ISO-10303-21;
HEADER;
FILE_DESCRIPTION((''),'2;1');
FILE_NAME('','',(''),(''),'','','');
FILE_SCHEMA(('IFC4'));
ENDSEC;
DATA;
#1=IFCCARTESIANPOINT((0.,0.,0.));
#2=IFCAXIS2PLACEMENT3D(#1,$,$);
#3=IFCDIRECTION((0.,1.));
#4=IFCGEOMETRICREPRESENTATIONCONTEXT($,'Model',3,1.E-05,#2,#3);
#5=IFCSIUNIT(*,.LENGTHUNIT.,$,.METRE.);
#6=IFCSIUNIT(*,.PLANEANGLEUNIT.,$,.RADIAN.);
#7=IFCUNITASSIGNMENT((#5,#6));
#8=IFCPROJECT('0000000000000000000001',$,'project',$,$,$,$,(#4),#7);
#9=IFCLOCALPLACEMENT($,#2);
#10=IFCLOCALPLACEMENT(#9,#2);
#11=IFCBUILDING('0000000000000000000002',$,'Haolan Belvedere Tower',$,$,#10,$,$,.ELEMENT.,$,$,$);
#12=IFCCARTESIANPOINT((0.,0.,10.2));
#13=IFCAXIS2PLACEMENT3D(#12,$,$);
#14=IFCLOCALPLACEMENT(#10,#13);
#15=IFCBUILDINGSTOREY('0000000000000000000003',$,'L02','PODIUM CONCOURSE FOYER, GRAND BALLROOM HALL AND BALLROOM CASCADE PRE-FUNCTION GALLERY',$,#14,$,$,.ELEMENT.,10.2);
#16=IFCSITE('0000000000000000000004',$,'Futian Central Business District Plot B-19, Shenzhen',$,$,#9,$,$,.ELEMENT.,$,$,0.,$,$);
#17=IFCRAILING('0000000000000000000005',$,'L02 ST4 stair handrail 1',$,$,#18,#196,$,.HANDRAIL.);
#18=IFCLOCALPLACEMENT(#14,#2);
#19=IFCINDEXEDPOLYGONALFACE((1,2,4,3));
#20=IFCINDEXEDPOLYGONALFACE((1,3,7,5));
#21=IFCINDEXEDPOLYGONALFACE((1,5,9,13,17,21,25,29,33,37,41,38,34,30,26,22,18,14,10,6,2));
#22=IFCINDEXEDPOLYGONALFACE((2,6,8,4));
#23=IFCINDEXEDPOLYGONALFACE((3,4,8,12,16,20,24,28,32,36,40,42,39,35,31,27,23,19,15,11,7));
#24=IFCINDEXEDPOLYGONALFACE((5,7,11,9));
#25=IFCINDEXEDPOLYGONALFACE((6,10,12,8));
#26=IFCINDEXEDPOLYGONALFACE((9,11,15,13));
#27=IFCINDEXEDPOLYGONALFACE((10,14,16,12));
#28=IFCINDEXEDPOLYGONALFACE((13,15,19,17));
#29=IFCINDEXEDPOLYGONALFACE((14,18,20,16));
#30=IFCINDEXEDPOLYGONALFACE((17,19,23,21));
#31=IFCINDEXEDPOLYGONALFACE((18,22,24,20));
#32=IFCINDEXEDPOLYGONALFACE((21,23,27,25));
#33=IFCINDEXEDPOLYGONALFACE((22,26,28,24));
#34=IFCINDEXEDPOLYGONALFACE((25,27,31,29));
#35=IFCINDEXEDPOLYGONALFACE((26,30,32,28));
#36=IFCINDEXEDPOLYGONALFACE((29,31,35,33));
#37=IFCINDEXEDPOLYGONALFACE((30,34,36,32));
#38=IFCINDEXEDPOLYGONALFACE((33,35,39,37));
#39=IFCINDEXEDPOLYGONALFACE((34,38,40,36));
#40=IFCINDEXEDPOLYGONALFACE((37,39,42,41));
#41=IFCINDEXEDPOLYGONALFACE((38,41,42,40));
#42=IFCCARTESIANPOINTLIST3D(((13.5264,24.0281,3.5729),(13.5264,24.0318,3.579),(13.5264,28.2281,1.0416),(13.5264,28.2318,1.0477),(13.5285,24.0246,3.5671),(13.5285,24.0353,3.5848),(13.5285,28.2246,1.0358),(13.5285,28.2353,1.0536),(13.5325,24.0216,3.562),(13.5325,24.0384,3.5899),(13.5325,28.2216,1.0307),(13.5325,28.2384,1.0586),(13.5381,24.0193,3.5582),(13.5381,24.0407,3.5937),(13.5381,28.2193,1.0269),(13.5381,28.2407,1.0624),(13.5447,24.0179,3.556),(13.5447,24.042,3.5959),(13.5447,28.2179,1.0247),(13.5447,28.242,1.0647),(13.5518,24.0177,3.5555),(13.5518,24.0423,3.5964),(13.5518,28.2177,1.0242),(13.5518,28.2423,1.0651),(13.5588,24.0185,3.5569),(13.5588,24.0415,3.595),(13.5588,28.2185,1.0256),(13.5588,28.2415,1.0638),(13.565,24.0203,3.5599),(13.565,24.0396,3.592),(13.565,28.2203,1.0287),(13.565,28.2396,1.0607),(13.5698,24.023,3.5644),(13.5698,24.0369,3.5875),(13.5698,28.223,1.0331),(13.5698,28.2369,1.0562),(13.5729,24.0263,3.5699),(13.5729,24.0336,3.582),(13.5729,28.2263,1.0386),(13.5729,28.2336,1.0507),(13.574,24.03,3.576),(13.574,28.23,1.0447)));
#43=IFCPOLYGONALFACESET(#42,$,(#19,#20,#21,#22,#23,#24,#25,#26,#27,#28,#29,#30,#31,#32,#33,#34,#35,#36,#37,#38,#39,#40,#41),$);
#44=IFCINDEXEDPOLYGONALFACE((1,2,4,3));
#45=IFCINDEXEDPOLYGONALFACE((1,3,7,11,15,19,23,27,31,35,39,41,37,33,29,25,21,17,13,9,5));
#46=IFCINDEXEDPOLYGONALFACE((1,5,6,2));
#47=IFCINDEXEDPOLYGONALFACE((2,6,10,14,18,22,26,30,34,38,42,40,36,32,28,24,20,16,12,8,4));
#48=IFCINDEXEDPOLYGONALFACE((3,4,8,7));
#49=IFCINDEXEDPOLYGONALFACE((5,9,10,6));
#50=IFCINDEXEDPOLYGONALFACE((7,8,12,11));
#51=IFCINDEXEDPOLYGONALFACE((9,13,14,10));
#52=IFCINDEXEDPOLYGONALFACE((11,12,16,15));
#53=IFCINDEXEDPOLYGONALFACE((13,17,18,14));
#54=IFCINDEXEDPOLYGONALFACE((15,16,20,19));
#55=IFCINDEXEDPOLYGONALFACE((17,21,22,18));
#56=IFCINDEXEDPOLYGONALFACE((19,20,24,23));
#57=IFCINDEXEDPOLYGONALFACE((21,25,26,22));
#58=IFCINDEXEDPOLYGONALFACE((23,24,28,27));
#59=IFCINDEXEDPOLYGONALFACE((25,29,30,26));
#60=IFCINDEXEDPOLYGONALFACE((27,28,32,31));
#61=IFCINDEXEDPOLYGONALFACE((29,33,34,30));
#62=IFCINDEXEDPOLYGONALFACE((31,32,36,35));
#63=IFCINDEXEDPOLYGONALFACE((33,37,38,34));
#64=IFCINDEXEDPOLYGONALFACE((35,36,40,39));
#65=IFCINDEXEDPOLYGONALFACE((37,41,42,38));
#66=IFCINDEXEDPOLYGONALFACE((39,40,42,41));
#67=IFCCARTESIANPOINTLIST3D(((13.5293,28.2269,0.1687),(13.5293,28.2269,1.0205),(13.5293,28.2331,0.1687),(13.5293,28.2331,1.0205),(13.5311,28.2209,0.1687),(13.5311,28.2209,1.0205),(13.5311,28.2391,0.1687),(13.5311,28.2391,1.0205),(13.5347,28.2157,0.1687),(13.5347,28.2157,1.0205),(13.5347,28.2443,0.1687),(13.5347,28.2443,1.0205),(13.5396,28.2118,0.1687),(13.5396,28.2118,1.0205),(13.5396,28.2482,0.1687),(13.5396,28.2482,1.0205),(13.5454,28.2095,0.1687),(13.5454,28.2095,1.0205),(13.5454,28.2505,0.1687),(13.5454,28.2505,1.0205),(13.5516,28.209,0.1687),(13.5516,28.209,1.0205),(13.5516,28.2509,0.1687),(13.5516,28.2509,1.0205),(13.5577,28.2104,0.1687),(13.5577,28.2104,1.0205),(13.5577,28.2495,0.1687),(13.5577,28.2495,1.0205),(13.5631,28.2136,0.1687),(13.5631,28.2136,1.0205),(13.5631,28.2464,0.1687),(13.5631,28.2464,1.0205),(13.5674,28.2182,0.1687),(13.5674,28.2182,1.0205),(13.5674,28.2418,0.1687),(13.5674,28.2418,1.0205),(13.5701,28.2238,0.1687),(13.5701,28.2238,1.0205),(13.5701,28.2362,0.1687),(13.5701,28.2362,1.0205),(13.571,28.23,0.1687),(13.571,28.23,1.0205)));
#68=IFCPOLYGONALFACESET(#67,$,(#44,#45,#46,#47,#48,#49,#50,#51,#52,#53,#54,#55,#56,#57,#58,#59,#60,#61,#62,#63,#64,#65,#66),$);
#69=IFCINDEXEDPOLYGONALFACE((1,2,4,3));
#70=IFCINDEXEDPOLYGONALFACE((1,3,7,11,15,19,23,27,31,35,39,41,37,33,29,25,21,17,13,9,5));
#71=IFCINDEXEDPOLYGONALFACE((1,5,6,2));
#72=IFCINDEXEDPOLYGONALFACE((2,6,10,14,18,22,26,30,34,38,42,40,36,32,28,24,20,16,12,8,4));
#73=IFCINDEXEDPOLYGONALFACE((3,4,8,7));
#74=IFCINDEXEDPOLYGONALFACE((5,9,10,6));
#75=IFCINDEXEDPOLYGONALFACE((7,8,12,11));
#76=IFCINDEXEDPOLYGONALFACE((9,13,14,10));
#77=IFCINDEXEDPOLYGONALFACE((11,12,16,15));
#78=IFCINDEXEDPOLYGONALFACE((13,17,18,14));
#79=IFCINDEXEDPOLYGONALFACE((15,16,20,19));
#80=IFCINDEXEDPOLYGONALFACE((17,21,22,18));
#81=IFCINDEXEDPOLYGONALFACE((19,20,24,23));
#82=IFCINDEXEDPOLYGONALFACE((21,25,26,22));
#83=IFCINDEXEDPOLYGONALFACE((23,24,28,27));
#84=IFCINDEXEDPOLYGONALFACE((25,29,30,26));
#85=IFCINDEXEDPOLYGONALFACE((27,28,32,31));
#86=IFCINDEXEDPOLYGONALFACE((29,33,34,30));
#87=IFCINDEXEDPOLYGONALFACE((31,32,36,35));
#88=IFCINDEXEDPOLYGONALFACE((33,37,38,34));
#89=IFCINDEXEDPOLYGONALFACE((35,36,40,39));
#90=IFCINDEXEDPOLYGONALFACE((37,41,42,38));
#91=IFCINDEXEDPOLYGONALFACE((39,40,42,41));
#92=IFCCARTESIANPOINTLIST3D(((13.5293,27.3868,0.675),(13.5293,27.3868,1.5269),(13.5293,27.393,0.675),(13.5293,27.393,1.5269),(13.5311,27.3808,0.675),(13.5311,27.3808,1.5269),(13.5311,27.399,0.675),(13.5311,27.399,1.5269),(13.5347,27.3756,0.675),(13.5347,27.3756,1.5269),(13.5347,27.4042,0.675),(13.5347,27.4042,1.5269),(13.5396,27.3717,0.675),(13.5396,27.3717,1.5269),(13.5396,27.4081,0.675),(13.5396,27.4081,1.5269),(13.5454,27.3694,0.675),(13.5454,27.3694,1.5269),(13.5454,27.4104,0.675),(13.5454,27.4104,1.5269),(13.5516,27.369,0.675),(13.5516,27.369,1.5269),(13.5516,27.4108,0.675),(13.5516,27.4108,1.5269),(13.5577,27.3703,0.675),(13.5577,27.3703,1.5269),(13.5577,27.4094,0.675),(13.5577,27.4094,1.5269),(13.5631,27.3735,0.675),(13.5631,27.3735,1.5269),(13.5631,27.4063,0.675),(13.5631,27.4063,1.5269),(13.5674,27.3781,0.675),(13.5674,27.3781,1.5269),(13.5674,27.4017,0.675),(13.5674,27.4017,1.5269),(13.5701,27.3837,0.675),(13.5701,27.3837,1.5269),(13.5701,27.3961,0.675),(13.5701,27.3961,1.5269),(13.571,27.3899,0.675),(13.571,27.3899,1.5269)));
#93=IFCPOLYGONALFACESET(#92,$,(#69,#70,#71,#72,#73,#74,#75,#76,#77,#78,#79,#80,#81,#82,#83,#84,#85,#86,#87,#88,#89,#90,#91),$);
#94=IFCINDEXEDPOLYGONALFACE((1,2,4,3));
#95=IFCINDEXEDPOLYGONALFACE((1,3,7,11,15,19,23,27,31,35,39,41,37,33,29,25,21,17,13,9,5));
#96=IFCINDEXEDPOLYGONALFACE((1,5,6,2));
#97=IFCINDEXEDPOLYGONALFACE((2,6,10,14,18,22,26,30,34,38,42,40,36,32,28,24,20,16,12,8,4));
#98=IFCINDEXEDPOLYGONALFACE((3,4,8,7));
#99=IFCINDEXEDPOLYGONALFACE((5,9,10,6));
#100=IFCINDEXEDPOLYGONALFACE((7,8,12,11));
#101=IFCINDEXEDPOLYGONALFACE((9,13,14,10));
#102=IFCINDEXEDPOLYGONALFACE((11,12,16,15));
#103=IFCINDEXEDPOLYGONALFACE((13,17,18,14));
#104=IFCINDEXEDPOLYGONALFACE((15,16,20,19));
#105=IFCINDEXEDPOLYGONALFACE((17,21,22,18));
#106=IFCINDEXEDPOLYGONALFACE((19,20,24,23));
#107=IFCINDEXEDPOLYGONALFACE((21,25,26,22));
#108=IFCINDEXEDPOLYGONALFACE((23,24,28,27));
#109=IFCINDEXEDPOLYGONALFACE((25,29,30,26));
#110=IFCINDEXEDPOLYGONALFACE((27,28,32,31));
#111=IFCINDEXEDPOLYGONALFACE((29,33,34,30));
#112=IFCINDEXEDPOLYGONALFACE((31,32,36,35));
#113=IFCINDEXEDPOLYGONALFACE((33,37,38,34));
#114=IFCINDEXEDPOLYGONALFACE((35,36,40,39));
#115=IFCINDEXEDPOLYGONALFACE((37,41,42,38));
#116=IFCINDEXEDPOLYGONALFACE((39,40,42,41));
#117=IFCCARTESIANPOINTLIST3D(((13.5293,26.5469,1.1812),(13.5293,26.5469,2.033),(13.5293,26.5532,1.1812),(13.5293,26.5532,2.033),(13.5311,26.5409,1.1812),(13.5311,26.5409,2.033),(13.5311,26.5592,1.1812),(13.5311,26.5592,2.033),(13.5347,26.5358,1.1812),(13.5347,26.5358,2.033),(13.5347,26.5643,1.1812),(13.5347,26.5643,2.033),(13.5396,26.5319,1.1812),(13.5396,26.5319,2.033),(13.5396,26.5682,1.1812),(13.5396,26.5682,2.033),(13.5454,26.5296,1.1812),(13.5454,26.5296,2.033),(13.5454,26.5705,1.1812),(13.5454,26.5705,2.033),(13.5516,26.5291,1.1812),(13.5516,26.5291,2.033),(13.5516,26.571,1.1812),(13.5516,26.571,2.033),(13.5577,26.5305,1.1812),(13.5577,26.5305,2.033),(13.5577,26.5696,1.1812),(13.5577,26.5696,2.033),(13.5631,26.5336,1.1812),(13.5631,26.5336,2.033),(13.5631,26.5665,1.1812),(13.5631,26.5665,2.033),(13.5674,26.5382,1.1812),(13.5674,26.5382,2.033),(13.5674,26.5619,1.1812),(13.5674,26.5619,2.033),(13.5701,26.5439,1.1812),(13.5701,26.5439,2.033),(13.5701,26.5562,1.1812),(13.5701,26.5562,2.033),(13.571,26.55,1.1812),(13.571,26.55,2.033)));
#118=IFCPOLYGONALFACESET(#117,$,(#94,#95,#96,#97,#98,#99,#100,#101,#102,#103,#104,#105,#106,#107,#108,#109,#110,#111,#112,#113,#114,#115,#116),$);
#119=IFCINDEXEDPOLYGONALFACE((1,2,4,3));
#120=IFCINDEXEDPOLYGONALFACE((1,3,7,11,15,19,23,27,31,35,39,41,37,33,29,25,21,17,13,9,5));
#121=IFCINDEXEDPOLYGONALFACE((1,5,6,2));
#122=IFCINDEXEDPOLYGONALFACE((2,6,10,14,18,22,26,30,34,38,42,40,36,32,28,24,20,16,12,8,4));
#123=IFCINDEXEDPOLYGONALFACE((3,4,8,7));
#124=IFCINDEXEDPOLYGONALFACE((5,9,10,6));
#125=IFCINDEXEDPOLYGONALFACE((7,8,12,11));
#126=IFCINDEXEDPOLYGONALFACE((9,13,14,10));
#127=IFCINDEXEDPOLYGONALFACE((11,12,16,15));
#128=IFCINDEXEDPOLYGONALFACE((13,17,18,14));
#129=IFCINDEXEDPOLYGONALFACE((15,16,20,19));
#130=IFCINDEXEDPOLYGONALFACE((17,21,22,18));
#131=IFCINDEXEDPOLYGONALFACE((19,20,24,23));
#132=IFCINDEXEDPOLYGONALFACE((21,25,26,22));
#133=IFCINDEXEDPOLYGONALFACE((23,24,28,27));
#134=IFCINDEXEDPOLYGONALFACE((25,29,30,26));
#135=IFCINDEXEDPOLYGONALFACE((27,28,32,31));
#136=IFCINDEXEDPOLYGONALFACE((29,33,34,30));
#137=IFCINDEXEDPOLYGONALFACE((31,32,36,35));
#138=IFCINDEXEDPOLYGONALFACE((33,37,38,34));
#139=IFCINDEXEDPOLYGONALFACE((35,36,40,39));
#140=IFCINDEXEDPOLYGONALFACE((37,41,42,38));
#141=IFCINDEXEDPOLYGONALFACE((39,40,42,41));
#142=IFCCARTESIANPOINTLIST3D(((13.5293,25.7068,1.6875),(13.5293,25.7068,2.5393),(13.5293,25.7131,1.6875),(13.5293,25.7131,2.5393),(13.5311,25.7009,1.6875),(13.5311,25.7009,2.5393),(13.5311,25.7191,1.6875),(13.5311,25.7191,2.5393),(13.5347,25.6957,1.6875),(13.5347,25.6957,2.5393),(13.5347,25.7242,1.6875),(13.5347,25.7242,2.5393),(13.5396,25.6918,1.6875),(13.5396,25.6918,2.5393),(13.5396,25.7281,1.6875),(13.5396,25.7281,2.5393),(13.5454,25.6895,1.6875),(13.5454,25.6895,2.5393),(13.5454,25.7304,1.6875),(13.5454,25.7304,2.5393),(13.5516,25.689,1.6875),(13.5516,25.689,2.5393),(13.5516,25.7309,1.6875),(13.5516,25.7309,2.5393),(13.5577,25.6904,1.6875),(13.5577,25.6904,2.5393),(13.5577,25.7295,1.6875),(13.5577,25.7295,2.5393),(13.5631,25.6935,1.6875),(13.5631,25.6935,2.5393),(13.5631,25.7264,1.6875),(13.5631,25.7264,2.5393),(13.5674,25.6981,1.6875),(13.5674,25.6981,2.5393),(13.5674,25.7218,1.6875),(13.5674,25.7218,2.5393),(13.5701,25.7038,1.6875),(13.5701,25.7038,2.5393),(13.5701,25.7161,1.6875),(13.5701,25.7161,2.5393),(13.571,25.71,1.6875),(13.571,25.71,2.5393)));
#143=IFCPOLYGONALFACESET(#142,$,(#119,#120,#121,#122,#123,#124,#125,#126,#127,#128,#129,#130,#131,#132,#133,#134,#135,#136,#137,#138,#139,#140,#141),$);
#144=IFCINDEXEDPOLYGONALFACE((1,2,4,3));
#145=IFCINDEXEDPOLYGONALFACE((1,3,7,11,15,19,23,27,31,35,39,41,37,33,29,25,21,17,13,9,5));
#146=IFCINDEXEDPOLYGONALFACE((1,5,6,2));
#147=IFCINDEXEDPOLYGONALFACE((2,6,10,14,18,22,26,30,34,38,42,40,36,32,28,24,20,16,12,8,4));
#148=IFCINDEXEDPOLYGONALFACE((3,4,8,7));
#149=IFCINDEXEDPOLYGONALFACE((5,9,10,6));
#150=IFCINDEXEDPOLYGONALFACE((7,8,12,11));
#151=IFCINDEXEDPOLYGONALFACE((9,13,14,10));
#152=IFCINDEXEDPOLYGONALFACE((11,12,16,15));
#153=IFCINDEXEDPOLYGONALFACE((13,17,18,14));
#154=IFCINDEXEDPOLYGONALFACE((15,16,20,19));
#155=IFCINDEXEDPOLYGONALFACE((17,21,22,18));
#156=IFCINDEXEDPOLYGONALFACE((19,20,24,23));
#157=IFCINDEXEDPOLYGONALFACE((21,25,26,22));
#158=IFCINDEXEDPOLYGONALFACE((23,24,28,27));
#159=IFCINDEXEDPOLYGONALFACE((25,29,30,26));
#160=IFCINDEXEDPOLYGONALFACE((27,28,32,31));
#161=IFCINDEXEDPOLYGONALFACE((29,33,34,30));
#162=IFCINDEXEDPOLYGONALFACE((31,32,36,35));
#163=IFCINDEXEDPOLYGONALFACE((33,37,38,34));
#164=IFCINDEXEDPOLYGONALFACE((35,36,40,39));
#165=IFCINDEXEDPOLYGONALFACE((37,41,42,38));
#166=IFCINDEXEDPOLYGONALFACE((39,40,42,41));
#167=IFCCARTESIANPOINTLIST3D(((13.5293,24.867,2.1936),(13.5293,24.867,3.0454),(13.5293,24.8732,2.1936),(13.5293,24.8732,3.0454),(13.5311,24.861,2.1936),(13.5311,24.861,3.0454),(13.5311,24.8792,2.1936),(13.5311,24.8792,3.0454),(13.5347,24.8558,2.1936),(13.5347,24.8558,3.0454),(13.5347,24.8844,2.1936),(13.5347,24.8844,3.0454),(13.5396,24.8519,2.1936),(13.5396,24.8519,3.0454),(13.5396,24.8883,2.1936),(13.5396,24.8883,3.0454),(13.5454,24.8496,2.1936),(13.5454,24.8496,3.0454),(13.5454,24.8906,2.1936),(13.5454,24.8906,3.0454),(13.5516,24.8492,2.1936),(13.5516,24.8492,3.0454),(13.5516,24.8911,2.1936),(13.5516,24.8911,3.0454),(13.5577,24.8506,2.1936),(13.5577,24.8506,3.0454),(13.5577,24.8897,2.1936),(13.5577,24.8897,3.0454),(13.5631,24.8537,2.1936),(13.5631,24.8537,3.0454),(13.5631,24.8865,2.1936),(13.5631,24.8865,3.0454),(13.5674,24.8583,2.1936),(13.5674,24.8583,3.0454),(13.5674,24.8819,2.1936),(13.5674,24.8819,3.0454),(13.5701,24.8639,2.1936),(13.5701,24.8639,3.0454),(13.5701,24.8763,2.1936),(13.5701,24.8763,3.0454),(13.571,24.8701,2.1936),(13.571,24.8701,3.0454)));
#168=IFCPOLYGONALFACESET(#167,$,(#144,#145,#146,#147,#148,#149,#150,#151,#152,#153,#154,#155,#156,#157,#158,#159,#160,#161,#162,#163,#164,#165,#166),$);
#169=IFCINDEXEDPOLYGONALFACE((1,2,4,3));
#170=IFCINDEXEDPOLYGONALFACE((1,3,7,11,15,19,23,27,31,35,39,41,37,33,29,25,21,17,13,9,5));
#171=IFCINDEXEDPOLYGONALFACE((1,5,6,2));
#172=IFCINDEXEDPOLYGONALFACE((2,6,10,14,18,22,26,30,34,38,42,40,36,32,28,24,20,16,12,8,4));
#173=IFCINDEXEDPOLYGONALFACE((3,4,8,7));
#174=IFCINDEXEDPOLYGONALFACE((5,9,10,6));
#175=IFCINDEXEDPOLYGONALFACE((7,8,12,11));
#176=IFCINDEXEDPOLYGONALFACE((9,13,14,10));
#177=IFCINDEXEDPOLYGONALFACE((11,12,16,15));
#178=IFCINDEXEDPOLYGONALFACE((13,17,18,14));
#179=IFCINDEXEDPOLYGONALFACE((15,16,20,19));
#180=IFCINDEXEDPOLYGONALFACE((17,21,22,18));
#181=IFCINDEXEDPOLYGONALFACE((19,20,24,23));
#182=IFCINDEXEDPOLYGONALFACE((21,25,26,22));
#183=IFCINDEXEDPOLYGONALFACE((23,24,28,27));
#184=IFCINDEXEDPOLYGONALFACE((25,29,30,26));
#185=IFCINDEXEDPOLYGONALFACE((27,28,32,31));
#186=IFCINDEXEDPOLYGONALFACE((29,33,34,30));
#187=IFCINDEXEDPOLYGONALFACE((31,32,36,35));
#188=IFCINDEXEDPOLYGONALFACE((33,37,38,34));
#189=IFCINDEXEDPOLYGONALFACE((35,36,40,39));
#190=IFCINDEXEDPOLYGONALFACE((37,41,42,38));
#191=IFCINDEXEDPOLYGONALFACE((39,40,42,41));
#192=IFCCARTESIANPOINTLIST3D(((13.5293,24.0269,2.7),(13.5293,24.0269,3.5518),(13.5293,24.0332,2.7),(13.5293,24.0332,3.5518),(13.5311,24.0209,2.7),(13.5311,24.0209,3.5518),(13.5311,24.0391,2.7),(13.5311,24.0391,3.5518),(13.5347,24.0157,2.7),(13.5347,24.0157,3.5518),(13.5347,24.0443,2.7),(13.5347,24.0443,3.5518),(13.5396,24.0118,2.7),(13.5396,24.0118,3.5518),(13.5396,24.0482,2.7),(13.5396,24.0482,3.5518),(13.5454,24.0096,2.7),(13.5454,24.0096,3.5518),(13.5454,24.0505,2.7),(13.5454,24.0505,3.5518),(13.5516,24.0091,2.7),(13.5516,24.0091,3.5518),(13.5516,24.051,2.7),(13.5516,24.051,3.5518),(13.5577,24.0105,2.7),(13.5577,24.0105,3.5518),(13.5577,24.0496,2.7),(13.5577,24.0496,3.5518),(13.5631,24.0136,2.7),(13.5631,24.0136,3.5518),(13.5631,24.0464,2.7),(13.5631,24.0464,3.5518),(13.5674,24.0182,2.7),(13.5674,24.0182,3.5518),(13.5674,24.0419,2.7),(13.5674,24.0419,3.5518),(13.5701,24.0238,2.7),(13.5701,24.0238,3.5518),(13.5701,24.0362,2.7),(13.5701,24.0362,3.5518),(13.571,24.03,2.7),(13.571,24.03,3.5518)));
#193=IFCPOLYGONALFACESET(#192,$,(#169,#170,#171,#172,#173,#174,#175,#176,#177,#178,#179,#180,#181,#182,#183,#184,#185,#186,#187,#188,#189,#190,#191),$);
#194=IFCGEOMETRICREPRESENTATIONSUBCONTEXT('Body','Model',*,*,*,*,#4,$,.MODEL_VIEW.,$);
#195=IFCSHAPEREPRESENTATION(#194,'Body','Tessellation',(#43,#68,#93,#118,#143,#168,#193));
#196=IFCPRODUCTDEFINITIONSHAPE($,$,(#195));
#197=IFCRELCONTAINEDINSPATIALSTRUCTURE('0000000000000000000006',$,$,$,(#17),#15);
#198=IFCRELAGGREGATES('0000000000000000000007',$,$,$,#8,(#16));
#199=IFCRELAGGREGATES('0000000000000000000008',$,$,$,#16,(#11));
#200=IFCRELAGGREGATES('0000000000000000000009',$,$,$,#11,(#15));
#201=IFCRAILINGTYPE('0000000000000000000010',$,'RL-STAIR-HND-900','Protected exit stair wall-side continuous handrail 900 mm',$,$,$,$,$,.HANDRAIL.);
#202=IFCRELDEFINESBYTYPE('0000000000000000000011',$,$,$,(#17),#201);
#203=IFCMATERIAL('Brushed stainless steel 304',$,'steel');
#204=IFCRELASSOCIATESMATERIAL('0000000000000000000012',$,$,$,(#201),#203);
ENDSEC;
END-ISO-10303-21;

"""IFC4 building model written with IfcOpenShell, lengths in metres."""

from ifc_helpers import new_model, si_unit, direction, frame, origin, origin_2d, place, context, subcontext, project, spatial, circle, extrude, material, type_object, element, save


model = new_model("IFC4")

# Units and contexts
model_context = context("Model", 3, precision=1e-05, world=origin(), true_north=direction((0.0, 1.0)))
body_context = subcontext(model_context, "Body", "Model", "MODEL_VIEW")
ifc_project = project(units=[si_unit("LENGTHUNIT", "METRE"), si_unit("PLANEANGLEUNIT", "RADIAN")], contexts=[model_context])

# Site, building, storey
site_placement = place(None, origin())
site = spatial("IfcSite", under=ifc_project, at=site_placement, Name="Futian Central Business District Plot B-19, Shenzhen", CompositionType="ELEMENT", RefElevation=0.0)
building_placement = place(site_placement, origin())
building = spatial("IfcBuilding", under=site, at=building_placement, Name="Haolan Belvedere Tower", CompositionType="ELEMENT")
storey_placement = place(building_placement, frame((0.0, 0.0, 10.2)))
storey = spatial("IfcBuildingStorey", under=building, at=storey_placement, Name="L02", Description="PODIUM CONCOURSE FOYER, GRAND BALLROOM HALL AND BALLROOM CASCADE PRE-FUNCTION GALLERY", CompositionType="ELEMENT", Elevation=10.2)

# Railing
ifc_material_1 = material(Name="Brushed stainless steel 304", Category="steel")
railing_type_1 = type_object("IfcRailingType", Name="RL-STAIR-HND-900", Description="Protected exit stair wall-side continuous handrail 900 mm", PredefinedType="HANDRAIL", material=ifc_material_1)
railing_1_placement = place(storey_placement, frame((13.55, 28.23, 0.1687)))
element("IfcRailing", 1, at=railing_1_placement, inside=storey, type_object=railing_type_1, Name="L02 ST4 stair handrail 1", PredefinedType="HANDRAIL", context=body_context, shape_type="SweptSolid", body=[
    extrude(circle(Radius=0.0239, at=origin_2d()), frame((0.0, 0.0, 0.876), z_axis=(0.0, -0.856476, 0.516186), x_axis=(1.0, 0.0, 0.0)), (0.0, 0.0, 1.0), 4.9038),
    extrude(circle(Radius=0.021, at=origin_2d()), origin(), (0.0, 0.0, 1.0), 0.8518),
    extrude(circle(Radius=0.021, at=origin_2d()), frame((0.0, -0.8401, 0.5063)), (0.0, 0.0, 1.0), 0.8518),
    extrude(circle(Radius=0.021, at=origin_2d()), frame((0.0, -1.6799, 1.0125)), (0.0, 0.0, 1.0), 0.8518),
    extrude(circle(Radius=0.021, at=origin_2d()), frame((0.0, -2.52, 1.5188)), (0.0, 0.0, 1.0), 0.8518),
    extrude(circle(Radius=0.021, at=origin_2d()), frame((0.0, -3.3599, 2.0249)), (0.0, 0.0, 1.0), 0.8518),
    extrude(circle(Radius=0.021, at=origin_2d()), frame((0.0, -4.2, 2.5312)), (0.0, 0.0, 1.0), 0.8518),
])

save(model, "model.ifc")
